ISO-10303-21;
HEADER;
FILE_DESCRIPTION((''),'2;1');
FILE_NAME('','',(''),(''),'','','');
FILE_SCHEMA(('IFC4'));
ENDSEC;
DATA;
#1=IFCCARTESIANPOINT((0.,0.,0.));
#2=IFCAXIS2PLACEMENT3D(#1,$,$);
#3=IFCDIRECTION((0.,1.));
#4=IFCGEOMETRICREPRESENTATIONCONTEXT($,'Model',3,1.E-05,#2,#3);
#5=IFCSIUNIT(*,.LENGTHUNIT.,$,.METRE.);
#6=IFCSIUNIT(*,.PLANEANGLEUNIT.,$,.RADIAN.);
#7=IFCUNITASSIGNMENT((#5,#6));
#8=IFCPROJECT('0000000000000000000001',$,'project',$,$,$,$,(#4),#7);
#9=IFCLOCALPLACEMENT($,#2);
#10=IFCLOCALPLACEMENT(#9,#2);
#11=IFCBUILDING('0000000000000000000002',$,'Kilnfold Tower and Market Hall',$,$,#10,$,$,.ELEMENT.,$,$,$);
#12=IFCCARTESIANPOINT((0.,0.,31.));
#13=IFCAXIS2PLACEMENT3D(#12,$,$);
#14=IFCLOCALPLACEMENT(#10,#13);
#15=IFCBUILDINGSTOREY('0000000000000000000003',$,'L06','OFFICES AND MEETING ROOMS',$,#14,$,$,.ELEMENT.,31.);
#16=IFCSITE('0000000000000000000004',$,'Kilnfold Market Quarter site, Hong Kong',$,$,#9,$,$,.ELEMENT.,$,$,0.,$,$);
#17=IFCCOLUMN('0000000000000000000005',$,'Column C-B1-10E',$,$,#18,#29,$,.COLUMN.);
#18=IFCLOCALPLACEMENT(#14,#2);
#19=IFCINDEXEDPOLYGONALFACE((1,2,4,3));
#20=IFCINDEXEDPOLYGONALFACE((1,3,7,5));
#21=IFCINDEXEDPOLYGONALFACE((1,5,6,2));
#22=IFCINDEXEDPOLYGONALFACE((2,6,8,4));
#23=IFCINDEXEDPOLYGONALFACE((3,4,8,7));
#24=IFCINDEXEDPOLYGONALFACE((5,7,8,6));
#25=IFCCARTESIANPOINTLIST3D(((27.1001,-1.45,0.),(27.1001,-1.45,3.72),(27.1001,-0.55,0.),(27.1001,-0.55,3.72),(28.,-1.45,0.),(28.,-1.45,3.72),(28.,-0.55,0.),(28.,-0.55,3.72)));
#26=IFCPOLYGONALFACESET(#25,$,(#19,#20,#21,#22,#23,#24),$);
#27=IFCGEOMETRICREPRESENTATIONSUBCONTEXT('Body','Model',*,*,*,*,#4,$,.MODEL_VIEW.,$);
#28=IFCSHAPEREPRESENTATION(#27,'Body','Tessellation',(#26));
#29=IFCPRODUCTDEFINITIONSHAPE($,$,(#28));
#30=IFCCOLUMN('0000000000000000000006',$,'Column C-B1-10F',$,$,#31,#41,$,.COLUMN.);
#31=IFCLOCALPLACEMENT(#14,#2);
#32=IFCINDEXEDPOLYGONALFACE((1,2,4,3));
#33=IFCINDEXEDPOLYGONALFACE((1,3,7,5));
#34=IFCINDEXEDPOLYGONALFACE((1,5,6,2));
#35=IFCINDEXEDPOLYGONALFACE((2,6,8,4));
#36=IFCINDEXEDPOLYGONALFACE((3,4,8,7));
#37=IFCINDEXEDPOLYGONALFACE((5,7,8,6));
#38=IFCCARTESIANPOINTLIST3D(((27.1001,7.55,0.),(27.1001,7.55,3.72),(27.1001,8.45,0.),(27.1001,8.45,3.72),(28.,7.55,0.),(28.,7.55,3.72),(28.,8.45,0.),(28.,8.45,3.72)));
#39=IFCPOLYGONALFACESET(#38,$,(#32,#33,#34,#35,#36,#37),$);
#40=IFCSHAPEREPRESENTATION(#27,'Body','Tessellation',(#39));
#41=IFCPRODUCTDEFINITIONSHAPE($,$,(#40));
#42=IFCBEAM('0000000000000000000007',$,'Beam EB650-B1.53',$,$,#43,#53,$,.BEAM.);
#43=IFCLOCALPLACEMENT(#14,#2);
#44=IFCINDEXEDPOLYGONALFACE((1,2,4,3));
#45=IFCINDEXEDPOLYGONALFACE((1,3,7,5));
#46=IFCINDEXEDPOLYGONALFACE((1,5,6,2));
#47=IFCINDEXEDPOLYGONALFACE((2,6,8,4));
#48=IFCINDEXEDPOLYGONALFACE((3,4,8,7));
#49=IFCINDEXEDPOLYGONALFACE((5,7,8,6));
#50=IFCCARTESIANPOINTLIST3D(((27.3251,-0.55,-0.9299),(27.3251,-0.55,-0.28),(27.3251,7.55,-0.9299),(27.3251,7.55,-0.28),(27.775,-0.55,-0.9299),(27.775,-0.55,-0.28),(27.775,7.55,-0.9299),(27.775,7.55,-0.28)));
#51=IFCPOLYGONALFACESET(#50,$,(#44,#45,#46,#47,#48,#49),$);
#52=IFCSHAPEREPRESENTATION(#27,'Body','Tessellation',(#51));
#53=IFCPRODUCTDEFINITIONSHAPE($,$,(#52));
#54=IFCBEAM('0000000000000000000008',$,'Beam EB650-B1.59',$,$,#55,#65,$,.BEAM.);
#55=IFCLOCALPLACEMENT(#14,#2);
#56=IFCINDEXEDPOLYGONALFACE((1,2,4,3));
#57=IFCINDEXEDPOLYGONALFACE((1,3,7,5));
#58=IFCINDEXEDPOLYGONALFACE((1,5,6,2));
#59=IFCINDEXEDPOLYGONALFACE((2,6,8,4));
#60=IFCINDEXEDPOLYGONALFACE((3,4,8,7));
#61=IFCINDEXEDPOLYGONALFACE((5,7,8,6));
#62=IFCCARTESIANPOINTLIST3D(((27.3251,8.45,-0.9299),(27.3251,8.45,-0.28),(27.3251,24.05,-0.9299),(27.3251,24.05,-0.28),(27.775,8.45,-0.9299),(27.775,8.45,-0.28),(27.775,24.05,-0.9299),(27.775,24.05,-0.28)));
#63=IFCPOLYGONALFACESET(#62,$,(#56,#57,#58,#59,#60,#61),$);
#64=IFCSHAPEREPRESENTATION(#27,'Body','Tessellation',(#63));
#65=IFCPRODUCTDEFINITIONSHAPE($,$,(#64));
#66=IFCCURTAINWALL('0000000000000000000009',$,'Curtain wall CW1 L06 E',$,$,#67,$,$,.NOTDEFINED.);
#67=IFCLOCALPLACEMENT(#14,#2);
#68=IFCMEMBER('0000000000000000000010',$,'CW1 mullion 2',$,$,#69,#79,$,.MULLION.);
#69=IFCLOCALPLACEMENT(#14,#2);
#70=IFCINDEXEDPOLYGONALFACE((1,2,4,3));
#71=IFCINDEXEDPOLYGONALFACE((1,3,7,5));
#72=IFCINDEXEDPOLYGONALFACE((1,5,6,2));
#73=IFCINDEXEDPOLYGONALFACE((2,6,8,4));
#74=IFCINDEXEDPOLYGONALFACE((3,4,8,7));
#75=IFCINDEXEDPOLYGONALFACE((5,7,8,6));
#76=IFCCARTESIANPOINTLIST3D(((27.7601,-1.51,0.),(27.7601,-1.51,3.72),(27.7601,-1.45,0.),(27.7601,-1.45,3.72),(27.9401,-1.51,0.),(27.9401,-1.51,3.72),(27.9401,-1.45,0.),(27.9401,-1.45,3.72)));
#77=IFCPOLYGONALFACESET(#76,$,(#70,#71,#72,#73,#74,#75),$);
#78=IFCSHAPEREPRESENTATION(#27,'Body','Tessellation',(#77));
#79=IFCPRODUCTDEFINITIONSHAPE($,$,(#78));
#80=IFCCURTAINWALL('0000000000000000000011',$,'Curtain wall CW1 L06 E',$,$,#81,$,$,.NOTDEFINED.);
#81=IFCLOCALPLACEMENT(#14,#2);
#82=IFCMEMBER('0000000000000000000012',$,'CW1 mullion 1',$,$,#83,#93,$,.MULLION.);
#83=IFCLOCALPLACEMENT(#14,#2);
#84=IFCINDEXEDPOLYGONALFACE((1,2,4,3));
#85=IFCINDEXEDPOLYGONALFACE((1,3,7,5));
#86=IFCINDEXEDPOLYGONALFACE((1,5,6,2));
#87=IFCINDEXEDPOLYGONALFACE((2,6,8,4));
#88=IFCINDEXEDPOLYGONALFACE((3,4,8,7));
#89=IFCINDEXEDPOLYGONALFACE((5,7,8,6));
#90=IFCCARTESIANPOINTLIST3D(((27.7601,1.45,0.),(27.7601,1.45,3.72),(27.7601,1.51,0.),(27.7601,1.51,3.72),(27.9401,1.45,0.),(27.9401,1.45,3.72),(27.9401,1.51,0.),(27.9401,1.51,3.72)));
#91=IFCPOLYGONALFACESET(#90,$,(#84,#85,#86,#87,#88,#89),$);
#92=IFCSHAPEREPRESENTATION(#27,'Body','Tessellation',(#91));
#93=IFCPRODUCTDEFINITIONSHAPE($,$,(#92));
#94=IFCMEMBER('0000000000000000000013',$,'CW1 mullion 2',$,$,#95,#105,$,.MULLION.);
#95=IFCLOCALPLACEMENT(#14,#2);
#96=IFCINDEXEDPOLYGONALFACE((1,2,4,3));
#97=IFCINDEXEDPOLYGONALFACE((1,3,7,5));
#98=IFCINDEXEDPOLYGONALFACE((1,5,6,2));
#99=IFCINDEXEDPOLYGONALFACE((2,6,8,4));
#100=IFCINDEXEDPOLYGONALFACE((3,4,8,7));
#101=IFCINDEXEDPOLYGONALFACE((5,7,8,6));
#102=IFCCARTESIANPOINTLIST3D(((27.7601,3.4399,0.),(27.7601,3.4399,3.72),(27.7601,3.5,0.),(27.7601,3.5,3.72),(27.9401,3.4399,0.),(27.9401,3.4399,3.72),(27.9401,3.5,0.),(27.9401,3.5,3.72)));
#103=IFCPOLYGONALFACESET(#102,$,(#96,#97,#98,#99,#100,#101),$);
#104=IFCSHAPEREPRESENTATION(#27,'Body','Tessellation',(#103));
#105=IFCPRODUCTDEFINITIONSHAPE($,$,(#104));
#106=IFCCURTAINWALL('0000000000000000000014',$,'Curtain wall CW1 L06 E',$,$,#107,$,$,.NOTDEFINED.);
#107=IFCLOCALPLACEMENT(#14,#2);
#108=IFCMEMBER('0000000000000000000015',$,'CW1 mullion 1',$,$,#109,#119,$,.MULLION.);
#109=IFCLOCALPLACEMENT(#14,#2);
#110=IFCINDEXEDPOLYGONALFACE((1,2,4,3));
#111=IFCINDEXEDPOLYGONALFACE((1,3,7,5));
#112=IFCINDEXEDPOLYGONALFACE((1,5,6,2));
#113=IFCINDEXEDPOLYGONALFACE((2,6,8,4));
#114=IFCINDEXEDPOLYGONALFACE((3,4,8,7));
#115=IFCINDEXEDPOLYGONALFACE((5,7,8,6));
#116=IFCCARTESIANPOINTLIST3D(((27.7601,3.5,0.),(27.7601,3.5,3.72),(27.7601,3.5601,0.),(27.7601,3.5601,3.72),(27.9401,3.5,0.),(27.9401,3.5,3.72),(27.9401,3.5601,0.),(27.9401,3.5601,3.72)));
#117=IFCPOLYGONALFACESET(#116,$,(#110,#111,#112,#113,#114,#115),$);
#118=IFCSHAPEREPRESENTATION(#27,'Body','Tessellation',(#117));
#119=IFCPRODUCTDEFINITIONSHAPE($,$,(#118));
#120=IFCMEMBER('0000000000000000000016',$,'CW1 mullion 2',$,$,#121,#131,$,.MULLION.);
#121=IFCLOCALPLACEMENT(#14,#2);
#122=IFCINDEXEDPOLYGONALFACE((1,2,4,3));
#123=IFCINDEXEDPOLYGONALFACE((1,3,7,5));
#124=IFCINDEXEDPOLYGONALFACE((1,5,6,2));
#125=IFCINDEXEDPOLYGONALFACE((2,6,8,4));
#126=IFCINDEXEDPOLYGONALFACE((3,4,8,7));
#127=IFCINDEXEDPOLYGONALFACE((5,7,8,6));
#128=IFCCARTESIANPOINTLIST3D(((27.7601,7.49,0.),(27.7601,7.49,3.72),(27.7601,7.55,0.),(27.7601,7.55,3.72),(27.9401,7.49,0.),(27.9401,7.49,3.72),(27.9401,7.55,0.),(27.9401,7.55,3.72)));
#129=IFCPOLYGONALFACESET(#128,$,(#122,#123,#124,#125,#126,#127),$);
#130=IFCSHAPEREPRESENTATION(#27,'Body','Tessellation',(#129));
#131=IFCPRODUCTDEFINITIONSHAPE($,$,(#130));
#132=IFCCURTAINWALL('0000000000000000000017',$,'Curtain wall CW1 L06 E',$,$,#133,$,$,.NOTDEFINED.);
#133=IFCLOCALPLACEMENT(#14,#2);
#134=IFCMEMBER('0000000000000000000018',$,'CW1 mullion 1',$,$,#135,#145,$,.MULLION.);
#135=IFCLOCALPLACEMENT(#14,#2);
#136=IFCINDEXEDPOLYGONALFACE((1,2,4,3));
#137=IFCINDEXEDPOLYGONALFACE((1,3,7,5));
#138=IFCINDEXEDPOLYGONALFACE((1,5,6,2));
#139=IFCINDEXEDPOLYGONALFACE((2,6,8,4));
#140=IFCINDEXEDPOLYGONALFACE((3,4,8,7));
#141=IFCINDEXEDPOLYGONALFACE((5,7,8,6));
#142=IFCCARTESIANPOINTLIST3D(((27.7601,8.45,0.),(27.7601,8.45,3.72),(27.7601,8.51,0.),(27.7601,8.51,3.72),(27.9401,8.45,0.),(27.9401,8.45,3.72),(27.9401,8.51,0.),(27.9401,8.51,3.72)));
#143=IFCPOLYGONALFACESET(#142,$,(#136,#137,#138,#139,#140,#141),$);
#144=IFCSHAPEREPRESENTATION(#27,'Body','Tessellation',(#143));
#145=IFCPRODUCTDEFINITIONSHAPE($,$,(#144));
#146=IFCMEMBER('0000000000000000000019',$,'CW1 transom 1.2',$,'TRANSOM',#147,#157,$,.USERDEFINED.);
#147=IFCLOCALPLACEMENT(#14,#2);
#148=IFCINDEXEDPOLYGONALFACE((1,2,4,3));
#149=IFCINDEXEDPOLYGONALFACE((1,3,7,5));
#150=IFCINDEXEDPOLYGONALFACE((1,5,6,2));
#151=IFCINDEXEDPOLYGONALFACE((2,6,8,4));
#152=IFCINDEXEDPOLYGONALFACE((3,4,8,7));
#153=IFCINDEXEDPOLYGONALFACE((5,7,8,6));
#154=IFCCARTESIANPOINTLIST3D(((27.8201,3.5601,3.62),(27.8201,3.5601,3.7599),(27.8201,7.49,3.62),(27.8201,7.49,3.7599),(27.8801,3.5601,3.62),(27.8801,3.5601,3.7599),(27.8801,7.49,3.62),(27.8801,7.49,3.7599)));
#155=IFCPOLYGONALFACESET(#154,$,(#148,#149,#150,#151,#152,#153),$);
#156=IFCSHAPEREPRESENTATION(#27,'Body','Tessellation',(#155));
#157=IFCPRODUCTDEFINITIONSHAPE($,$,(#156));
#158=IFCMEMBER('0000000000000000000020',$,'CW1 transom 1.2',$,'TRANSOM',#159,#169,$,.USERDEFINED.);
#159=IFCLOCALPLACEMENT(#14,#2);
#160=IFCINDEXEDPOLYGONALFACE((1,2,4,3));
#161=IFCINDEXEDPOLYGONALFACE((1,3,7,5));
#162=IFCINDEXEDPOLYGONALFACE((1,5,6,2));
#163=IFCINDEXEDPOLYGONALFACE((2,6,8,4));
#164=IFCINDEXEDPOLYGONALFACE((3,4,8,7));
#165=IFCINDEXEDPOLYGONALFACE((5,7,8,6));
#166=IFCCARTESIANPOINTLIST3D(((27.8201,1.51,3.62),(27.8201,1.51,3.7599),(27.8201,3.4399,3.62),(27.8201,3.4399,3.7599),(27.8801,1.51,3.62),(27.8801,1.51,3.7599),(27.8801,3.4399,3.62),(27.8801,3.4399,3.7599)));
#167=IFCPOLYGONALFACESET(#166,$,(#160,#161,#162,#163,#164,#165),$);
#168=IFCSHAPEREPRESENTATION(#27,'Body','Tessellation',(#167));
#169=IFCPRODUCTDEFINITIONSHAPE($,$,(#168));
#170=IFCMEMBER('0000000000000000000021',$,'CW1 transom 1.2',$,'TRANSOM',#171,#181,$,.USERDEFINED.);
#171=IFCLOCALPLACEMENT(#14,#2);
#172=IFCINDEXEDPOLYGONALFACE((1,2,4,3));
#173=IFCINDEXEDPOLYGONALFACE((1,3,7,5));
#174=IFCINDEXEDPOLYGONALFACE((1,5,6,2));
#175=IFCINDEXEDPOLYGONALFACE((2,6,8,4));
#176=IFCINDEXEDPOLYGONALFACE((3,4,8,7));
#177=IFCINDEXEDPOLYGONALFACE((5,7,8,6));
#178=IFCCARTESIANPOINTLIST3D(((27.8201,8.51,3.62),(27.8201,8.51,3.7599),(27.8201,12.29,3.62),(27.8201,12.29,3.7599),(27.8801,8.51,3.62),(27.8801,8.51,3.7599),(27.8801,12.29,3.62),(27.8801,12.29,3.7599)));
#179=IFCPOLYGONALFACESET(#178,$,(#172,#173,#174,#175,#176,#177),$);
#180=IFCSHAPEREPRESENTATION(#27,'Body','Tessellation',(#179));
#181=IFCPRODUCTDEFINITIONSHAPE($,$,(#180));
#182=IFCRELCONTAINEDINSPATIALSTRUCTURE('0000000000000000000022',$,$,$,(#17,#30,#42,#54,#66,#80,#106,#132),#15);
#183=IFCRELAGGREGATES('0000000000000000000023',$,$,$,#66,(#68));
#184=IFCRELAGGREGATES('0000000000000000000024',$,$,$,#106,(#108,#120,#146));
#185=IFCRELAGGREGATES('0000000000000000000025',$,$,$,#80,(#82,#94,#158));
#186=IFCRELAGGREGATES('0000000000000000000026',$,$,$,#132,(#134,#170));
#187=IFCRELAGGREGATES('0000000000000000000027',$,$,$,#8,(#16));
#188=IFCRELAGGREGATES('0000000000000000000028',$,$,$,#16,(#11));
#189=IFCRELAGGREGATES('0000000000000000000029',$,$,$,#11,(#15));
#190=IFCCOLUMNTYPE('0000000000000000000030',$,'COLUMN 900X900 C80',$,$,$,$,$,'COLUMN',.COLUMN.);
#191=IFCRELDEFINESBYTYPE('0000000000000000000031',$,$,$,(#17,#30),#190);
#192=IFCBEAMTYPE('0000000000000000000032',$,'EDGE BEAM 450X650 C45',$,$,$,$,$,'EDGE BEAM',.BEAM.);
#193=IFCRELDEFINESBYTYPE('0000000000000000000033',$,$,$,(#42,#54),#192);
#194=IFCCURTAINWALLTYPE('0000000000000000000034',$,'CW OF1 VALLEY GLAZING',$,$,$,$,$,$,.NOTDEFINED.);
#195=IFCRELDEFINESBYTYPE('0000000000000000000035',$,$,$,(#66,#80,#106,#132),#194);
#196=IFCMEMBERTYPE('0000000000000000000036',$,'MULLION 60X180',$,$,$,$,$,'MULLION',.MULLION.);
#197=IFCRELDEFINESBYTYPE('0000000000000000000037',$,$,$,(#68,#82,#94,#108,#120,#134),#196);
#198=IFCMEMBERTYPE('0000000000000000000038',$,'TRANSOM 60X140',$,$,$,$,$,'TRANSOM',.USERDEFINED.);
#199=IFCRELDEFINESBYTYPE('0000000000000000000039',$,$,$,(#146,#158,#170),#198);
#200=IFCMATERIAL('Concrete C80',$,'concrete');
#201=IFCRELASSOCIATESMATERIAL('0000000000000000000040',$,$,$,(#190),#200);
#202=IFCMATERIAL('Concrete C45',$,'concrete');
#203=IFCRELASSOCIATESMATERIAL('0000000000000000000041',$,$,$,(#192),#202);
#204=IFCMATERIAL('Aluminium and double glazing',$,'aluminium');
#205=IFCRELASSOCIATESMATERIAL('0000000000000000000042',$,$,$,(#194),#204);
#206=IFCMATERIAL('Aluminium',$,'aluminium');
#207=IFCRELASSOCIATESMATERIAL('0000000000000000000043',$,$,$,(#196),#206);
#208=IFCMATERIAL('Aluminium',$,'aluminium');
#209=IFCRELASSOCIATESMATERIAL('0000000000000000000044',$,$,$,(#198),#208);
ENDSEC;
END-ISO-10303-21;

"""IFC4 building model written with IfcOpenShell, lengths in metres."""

from ifc_helpers import new_model, si_unit, direction, frame, origin, origin_2d, place, context, subcontext, project, spatial, rectangle, extrude, source, transform, mapped, material, material_profile, profile_set, type_object, element, aggregate, save


model = new_model("IFC4")

# Units and contexts
model_context = context("Model", 3, precision=1e-05, world=origin(), true_north=direction((0.0, 1.0)))
body_context = subcontext(model_context, "Body", "Model", "MODEL_VIEW")
ifc_project = project(units=[si_unit("LENGTHUNIT", "METRE"), si_unit("PLANEANGLEUNIT", "RADIAN")], contexts=[model_context])

# Site, building, storey
site_placement = place(None, origin())
site = spatial("IfcSite", under=ifc_project, at=site_placement, Name="Kilnfold Market Quarter site, Hong Kong", CompositionType="ELEMENT", RefElevation=0.0)
building_placement = place(site_placement, origin())
building = spatial("IfcBuilding", under=site, at=building_placement, Name="Kilnfold Tower and Market Hall", CompositionType="ELEMENT")
storey_placement = place(building_placement, frame((0.0, 0.0, 31.0)))
storey = spatial("IfcBuildingStorey", under=building, at=storey_placement, Name="L06", Description="OFFICES AND MEETING ROOMS", CompositionType="ELEMENT", Elevation=31.0)

# Columns
ifc_material_1 = material(Name="Concrete C80", Category="concrete")
ifc_material_profile_1 = material_profile(ifc_material_1, rectangle(XDim=0.8999, YDim=0.8999, at=origin_2d()), Name="RC 900x900")
ifc_profile_set_1 = profile_set([ifc_material_profile_1], Name="Concrete C80")
column_type = type_object("IfcColumnType", Name="COLUMN 900X900 C80", ElementType="COLUMN", PredefinedType="COLUMN", material=ifc_profile_set_1)
shared_shape_1 = source(origin(), body_context, "Body", "SweptSolid", [
    extrude(rectangle(XDim=0.8999, YDim=0.8999, at=origin_2d()), origin(), (0.0, 0.0, 1.0), 3.72),
])
for number, where, z_axis, x_axis, name in (
    (1, (27.55, -1.0, 0.0), (0.0, 0.0, 1.0), (1.0, 0.0, 0.0), "Column C-B1-10E"),
    (2, (27.55, 8.0, 0.0), (0.0, 0.0, 1.0), (1.0, 0.0, 0.0), "Column C-B1-10F"),
):
    element("IfcColumn", number, at=place(storey_placement, frame(where, z_axis=z_axis, x_axis=x_axis)), inside=storey, type_object=column_type, Name=name, PredefinedType="COLUMN", context=body_context, shape_type="MappedRepresentation", body=[
        mapped(shared_shape_1, transform((0.0, 0.0, 0.0))),
    ])

# Beams
ifc_material_2 = material(Name="Concrete C45", Category="concrete")
ifc_material_profile_2 = material_profile(ifc_material_2, rectangle(XDim=0.45, YDim=0.6499, at=origin_2d()), Name="RC 450x650")
ifc_profile_set_2 = profile_set([ifc_material_profile_2], Name="Concrete C45")
beam_type = type_object("IfcBeamType", Name="EDGE BEAM 450X650 C45", ElementType="EDGE BEAM", PredefinedType="BEAM", material=ifc_profile_set_2)
shared_shape_2 = source(origin(), body_context, "Body", "SweptSolid", [
    extrude(rectangle(XDim=0.45, YDim=0.6499, at=origin_2d()), origin(), (0.0, 0.0, 1.0), 8.1001),
])
beam_1_placement = place(storey_placement, frame((27.55, -0.55, -0.605), z_axis=(0.0, 1.0, 0.0), x_axis=(-1.0, 0.0, 0.0)))
element("IfcBeam", 3, at=beam_1_placement, inside=storey, type_object=beam_type, Name="Beam EB650-B1.53", PredefinedType="BEAM", context=body_context, shape_type="MappedRepresentation", body=[
    mapped(shared_shape_2, transform((0.0, 0.0, 0.0))),
])
shared_shape_3 = source(origin(), body_context, "Body", "SweptSolid", [
    extrude(rectangle(XDim=0.45, YDim=0.6499, at=origin_2d()), origin(), (0.0, 0.0, 1.0), 15.6001),
])
beam_2_placement = place(storey_placement, frame((27.55, 8.45, -0.605), z_axis=(0.0, 1.0, 0.0), x_axis=(-1.0, 0.0, 0.0)))
element("IfcBeam", 4, at=beam_2_placement, inside=storey, type_object=beam_type, Name="Beam EB650-B1.59", PredefinedType="BEAM", context=body_context, shape_type="MappedRepresentation", body=[
    mapped(shared_shape_3, transform((0.0, 0.0, 0.0))),
])

# Curtain wall, member
ifc_material_3 = material(Name="Aluminium and double glazing", Category="aluminium")
curtain_wall_type = type_object("IfcCurtainWallType", Name="CW OF1 VALLEY GLAZING", PredefinedType="NOTDEFINED", material=ifc_material_3)
curtain_wall_1_placement = place(storey_placement, origin())
curtain_wall_1 = element("IfcCurtainWall", 5, at=curtain_wall_1_placement, inside=storey, type_object=curtain_wall_type, Name="Curtain wall CW1 L06 E", PredefinedType="NOTDEFINED")
ifc_material_4 = material(Name="Aluminium", Category="aluminium")
ifc_material_profile_3 = material_profile(ifc_material_4, rectangle(XDim=0.0601, YDim=0.1799, at=origin_2d()), Name="MULLION 60x180")
ifc_profile_set_3 = profile_set([ifc_material_profile_3], Name="Aluminium")
member_type_1 = type_object("IfcMemberType", Name="MULLION 60X180", ElementType="MULLION", PredefinedType="MULLION", material=ifc_profile_set_3)
shared_shape_4 = source(origin(), body_context, "Body", "SweptSolid", [
    extrude(rectangle(XDim=0.0601, YDim=0.1799, at=origin_2d()), origin(), (0.0, 0.0, 1.0), 3.72),
])
member_1_placement = place(storey_placement, frame((27.8501, -1.48, 0.0), z_axis=(0.0, 0.0, 1.0), x_axis=(0.0, 1.0, 0.0)))
member_1 = element("IfcMember", 6, at=member_1_placement, type_object=member_type_1, Name="CW1 mullion 2", PredefinedType="MULLION", context=body_context, shape_type="MappedRepresentation", body=[
    mapped(shared_shape_4, transform((0.0, 0.0, 0.0))),
])
aggregate(curtain_wall_1, [member_1])

# Curtain walls, members
curtain_wall_2_placement = place(storey_placement, origin())
curtain_wall_2 = element("IfcCurtainWall", 7, at=curtain_wall_2_placement, inside=storey, type_object=curtain_wall_type, Name="Curtain wall CW1 L06 E", PredefinedType="NOTDEFINED")
member_2_placement = place(storey_placement, frame((27.8501, 1.48, 0.0), z_axis=(0.0, 0.0, 1.0), x_axis=(0.0, 1.0, 0.0)))
member_2 = element("IfcMember", 8, at=member_2_placement, type_object=member_type_1, Name="CW1 mullion 1", PredefinedType="MULLION", context=body_context, shape_type="MappedRepresentation", body=[
    mapped(shared_shape_4, transform((0.0, 0.0, 0.0))),
])
member_3_placement = place(storey_placement, frame((27.8501, 3.47, 0.0), z_axis=(0.0, 0.0, 1.0), x_axis=(0.0, 1.0, 0.0)))
member_3 = element("IfcMember", 9, at=member_3_placement, type_object=member_type_1, Name="CW1 mullion 2", PredefinedType="MULLION", context=body_context, shape_type="MappedRepresentation", body=[
    mapped(shared_shape_4, transform((0.0, 0.0, 0.0))),
])
curtain_wall_3_placement = place(storey_placement, origin())
curtain_wall_3 = element("IfcCurtainWall", 10, at=curtain_wall_3_placement, inside=storey, type_object=curtain_wall_type, Name="Curtain wall CW1 L06 E", PredefinedType="NOTDEFINED")
member_4_placement = place(storey_placement, frame((27.8501, 3.53, 0.0), z_axis=(0.0, 0.0, 1.0), x_axis=(0.0, 1.0, 0.0)))
member_4 = element("IfcMember", 11, at=member_4_placement, type_object=member_type_1, Name="CW1 mullion 1", PredefinedType="MULLION", context=body_context, shape_type="MappedRepresentation", body=[
    mapped(shared_shape_4, transform((0.0, 0.0, 0.0))),
])
member_5_placement = place(storey_placement, frame((27.8501, 7.52, 0.0), z_axis=(0.0, 0.0, 1.0), x_axis=(0.0, 1.0, 0.0)))
member_5 = element("IfcMember", 12, at=member_5_placement, type_object=member_type_1, Name="CW1 mullion 2", PredefinedType="MULLION", context=body_context, shape_type="MappedRepresentation", body=[
    mapped(shared_shape_4, transform((0.0, 0.0, 0.0))),
])

# Curtain wall, member
curtain_wall_4_placement = place(storey_placement, origin())
curtain_wall_4 = element("IfcCurtainWall", 13, at=curtain_wall_4_placement, inside=storey, type_object=curtain_wall_type, Name="Curtain wall CW1 L06 E", PredefinedType="NOTDEFINED")
member_6_placement = place(storey_placement, frame((27.8501, 8.48, 0.0), z_axis=(0.0, 0.0, 1.0), x_axis=(0.0, 1.0, 0.0)))
member_6 = element("IfcMember", 14, at=member_6_placement, type_object=member_type_1, Name="CW1 mullion 1", PredefinedType="MULLION", context=body_context, shape_type="MappedRepresentation", body=[
    mapped(shared_shape_4, transform((0.0, 0.0, 0.0))),
])

# Members
ifc_material_5 = material(Name="Aluminium", Category="aluminium")
ifc_material_profile_4 = material_profile(ifc_material_5, rectangle(XDim=0.0601, YDim=0.1399, at=origin_2d()), Name="TRANSOM 60x140")
ifc_profile_set_4 = profile_set([ifc_material_profile_4], Name="Aluminium")
member_type_2 = type_object("IfcMemberType", Name="TRANSOM 60X140", ElementType="TRANSOM", PredefinedType="USERDEFINED", material=ifc_profile_set_4)
shared_shape_5 = source(origin(), body_context, "Body", "SweptSolid", [
    extrude(rectangle(XDim=0.0601, YDim=0.1399, at=origin_2d()), origin(), (0.0, 0.0, 1.0), 3.9299),
])
member_7_placement = place(storey_placement, frame((27.8501, 3.5601, 3.6899), z_axis=(0.0, 1.0, 0.0), x_axis=(-1.0, 0.0, 0.0)))
member_7 = element("IfcMember", 15, at=member_7_placement, type_object=member_type_2, Name="CW1 transom 1.2", ObjectType="TRANSOM", PredefinedType="USERDEFINED", context=body_context, shape_type="MappedRepresentation", body=[
    mapped(shared_shape_5, transform((0.0, 0.0, 0.0))),
])
shared_shape_6 = source(origin(), body_context, "Body", "SweptSolid", [
    extrude(rectangle(XDim=0.0601, YDim=0.1399, at=origin_2d()), origin(), (0.0, 0.0, 1.0), 1.9299),
])
member_8_placement = place(storey_placement, frame((27.8501, 1.51, 3.6899), z_axis=(0.0, 1.0, 0.0), x_axis=(-1.0, 0.0, 0.0)))
member_8 = element("IfcMember", 16, at=member_8_placement, type_object=member_type_2, Name="CW1 transom 1.2", ObjectType="TRANSOM", PredefinedType="USERDEFINED", context=body_context, shape_type="MappedRepresentation", body=[
    mapped(shared_shape_6, transform((0.0, 0.0, 0.0))),
])
shared_shape_7 = source(origin(), body_context, "Body", "SweptSolid", [
    extrude(rectangle(XDim=0.0601, YDim=0.1399, at=origin_2d()), origin(), (0.0, 0.0, 1.0), 3.78),
])
member_9_placement = place(storey_placement, frame((27.8501, 8.51, 3.6899), z_axis=(0.0, 1.0, 0.0), x_axis=(-1.0, 0.0, 0.0)))
member_9 = element("IfcMember", 17, at=member_9_placement, type_object=member_type_2, Name="CW1 transom 1.2", ObjectType="TRANSOM", PredefinedType="USERDEFINED", context=body_context, shape_type="MappedRepresentation", body=[
    mapped(shared_shape_7, transform((0.0, 0.0, 0.0))),
])

aggregate(curtain_wall_3, [member_4, member_5, member_7])
aggregate(curtain_wall_2, [member_2, member_3, member_8])
aggregate(curtain_wall_4, [member_6, member_9])

save(model, "model.ifc")
